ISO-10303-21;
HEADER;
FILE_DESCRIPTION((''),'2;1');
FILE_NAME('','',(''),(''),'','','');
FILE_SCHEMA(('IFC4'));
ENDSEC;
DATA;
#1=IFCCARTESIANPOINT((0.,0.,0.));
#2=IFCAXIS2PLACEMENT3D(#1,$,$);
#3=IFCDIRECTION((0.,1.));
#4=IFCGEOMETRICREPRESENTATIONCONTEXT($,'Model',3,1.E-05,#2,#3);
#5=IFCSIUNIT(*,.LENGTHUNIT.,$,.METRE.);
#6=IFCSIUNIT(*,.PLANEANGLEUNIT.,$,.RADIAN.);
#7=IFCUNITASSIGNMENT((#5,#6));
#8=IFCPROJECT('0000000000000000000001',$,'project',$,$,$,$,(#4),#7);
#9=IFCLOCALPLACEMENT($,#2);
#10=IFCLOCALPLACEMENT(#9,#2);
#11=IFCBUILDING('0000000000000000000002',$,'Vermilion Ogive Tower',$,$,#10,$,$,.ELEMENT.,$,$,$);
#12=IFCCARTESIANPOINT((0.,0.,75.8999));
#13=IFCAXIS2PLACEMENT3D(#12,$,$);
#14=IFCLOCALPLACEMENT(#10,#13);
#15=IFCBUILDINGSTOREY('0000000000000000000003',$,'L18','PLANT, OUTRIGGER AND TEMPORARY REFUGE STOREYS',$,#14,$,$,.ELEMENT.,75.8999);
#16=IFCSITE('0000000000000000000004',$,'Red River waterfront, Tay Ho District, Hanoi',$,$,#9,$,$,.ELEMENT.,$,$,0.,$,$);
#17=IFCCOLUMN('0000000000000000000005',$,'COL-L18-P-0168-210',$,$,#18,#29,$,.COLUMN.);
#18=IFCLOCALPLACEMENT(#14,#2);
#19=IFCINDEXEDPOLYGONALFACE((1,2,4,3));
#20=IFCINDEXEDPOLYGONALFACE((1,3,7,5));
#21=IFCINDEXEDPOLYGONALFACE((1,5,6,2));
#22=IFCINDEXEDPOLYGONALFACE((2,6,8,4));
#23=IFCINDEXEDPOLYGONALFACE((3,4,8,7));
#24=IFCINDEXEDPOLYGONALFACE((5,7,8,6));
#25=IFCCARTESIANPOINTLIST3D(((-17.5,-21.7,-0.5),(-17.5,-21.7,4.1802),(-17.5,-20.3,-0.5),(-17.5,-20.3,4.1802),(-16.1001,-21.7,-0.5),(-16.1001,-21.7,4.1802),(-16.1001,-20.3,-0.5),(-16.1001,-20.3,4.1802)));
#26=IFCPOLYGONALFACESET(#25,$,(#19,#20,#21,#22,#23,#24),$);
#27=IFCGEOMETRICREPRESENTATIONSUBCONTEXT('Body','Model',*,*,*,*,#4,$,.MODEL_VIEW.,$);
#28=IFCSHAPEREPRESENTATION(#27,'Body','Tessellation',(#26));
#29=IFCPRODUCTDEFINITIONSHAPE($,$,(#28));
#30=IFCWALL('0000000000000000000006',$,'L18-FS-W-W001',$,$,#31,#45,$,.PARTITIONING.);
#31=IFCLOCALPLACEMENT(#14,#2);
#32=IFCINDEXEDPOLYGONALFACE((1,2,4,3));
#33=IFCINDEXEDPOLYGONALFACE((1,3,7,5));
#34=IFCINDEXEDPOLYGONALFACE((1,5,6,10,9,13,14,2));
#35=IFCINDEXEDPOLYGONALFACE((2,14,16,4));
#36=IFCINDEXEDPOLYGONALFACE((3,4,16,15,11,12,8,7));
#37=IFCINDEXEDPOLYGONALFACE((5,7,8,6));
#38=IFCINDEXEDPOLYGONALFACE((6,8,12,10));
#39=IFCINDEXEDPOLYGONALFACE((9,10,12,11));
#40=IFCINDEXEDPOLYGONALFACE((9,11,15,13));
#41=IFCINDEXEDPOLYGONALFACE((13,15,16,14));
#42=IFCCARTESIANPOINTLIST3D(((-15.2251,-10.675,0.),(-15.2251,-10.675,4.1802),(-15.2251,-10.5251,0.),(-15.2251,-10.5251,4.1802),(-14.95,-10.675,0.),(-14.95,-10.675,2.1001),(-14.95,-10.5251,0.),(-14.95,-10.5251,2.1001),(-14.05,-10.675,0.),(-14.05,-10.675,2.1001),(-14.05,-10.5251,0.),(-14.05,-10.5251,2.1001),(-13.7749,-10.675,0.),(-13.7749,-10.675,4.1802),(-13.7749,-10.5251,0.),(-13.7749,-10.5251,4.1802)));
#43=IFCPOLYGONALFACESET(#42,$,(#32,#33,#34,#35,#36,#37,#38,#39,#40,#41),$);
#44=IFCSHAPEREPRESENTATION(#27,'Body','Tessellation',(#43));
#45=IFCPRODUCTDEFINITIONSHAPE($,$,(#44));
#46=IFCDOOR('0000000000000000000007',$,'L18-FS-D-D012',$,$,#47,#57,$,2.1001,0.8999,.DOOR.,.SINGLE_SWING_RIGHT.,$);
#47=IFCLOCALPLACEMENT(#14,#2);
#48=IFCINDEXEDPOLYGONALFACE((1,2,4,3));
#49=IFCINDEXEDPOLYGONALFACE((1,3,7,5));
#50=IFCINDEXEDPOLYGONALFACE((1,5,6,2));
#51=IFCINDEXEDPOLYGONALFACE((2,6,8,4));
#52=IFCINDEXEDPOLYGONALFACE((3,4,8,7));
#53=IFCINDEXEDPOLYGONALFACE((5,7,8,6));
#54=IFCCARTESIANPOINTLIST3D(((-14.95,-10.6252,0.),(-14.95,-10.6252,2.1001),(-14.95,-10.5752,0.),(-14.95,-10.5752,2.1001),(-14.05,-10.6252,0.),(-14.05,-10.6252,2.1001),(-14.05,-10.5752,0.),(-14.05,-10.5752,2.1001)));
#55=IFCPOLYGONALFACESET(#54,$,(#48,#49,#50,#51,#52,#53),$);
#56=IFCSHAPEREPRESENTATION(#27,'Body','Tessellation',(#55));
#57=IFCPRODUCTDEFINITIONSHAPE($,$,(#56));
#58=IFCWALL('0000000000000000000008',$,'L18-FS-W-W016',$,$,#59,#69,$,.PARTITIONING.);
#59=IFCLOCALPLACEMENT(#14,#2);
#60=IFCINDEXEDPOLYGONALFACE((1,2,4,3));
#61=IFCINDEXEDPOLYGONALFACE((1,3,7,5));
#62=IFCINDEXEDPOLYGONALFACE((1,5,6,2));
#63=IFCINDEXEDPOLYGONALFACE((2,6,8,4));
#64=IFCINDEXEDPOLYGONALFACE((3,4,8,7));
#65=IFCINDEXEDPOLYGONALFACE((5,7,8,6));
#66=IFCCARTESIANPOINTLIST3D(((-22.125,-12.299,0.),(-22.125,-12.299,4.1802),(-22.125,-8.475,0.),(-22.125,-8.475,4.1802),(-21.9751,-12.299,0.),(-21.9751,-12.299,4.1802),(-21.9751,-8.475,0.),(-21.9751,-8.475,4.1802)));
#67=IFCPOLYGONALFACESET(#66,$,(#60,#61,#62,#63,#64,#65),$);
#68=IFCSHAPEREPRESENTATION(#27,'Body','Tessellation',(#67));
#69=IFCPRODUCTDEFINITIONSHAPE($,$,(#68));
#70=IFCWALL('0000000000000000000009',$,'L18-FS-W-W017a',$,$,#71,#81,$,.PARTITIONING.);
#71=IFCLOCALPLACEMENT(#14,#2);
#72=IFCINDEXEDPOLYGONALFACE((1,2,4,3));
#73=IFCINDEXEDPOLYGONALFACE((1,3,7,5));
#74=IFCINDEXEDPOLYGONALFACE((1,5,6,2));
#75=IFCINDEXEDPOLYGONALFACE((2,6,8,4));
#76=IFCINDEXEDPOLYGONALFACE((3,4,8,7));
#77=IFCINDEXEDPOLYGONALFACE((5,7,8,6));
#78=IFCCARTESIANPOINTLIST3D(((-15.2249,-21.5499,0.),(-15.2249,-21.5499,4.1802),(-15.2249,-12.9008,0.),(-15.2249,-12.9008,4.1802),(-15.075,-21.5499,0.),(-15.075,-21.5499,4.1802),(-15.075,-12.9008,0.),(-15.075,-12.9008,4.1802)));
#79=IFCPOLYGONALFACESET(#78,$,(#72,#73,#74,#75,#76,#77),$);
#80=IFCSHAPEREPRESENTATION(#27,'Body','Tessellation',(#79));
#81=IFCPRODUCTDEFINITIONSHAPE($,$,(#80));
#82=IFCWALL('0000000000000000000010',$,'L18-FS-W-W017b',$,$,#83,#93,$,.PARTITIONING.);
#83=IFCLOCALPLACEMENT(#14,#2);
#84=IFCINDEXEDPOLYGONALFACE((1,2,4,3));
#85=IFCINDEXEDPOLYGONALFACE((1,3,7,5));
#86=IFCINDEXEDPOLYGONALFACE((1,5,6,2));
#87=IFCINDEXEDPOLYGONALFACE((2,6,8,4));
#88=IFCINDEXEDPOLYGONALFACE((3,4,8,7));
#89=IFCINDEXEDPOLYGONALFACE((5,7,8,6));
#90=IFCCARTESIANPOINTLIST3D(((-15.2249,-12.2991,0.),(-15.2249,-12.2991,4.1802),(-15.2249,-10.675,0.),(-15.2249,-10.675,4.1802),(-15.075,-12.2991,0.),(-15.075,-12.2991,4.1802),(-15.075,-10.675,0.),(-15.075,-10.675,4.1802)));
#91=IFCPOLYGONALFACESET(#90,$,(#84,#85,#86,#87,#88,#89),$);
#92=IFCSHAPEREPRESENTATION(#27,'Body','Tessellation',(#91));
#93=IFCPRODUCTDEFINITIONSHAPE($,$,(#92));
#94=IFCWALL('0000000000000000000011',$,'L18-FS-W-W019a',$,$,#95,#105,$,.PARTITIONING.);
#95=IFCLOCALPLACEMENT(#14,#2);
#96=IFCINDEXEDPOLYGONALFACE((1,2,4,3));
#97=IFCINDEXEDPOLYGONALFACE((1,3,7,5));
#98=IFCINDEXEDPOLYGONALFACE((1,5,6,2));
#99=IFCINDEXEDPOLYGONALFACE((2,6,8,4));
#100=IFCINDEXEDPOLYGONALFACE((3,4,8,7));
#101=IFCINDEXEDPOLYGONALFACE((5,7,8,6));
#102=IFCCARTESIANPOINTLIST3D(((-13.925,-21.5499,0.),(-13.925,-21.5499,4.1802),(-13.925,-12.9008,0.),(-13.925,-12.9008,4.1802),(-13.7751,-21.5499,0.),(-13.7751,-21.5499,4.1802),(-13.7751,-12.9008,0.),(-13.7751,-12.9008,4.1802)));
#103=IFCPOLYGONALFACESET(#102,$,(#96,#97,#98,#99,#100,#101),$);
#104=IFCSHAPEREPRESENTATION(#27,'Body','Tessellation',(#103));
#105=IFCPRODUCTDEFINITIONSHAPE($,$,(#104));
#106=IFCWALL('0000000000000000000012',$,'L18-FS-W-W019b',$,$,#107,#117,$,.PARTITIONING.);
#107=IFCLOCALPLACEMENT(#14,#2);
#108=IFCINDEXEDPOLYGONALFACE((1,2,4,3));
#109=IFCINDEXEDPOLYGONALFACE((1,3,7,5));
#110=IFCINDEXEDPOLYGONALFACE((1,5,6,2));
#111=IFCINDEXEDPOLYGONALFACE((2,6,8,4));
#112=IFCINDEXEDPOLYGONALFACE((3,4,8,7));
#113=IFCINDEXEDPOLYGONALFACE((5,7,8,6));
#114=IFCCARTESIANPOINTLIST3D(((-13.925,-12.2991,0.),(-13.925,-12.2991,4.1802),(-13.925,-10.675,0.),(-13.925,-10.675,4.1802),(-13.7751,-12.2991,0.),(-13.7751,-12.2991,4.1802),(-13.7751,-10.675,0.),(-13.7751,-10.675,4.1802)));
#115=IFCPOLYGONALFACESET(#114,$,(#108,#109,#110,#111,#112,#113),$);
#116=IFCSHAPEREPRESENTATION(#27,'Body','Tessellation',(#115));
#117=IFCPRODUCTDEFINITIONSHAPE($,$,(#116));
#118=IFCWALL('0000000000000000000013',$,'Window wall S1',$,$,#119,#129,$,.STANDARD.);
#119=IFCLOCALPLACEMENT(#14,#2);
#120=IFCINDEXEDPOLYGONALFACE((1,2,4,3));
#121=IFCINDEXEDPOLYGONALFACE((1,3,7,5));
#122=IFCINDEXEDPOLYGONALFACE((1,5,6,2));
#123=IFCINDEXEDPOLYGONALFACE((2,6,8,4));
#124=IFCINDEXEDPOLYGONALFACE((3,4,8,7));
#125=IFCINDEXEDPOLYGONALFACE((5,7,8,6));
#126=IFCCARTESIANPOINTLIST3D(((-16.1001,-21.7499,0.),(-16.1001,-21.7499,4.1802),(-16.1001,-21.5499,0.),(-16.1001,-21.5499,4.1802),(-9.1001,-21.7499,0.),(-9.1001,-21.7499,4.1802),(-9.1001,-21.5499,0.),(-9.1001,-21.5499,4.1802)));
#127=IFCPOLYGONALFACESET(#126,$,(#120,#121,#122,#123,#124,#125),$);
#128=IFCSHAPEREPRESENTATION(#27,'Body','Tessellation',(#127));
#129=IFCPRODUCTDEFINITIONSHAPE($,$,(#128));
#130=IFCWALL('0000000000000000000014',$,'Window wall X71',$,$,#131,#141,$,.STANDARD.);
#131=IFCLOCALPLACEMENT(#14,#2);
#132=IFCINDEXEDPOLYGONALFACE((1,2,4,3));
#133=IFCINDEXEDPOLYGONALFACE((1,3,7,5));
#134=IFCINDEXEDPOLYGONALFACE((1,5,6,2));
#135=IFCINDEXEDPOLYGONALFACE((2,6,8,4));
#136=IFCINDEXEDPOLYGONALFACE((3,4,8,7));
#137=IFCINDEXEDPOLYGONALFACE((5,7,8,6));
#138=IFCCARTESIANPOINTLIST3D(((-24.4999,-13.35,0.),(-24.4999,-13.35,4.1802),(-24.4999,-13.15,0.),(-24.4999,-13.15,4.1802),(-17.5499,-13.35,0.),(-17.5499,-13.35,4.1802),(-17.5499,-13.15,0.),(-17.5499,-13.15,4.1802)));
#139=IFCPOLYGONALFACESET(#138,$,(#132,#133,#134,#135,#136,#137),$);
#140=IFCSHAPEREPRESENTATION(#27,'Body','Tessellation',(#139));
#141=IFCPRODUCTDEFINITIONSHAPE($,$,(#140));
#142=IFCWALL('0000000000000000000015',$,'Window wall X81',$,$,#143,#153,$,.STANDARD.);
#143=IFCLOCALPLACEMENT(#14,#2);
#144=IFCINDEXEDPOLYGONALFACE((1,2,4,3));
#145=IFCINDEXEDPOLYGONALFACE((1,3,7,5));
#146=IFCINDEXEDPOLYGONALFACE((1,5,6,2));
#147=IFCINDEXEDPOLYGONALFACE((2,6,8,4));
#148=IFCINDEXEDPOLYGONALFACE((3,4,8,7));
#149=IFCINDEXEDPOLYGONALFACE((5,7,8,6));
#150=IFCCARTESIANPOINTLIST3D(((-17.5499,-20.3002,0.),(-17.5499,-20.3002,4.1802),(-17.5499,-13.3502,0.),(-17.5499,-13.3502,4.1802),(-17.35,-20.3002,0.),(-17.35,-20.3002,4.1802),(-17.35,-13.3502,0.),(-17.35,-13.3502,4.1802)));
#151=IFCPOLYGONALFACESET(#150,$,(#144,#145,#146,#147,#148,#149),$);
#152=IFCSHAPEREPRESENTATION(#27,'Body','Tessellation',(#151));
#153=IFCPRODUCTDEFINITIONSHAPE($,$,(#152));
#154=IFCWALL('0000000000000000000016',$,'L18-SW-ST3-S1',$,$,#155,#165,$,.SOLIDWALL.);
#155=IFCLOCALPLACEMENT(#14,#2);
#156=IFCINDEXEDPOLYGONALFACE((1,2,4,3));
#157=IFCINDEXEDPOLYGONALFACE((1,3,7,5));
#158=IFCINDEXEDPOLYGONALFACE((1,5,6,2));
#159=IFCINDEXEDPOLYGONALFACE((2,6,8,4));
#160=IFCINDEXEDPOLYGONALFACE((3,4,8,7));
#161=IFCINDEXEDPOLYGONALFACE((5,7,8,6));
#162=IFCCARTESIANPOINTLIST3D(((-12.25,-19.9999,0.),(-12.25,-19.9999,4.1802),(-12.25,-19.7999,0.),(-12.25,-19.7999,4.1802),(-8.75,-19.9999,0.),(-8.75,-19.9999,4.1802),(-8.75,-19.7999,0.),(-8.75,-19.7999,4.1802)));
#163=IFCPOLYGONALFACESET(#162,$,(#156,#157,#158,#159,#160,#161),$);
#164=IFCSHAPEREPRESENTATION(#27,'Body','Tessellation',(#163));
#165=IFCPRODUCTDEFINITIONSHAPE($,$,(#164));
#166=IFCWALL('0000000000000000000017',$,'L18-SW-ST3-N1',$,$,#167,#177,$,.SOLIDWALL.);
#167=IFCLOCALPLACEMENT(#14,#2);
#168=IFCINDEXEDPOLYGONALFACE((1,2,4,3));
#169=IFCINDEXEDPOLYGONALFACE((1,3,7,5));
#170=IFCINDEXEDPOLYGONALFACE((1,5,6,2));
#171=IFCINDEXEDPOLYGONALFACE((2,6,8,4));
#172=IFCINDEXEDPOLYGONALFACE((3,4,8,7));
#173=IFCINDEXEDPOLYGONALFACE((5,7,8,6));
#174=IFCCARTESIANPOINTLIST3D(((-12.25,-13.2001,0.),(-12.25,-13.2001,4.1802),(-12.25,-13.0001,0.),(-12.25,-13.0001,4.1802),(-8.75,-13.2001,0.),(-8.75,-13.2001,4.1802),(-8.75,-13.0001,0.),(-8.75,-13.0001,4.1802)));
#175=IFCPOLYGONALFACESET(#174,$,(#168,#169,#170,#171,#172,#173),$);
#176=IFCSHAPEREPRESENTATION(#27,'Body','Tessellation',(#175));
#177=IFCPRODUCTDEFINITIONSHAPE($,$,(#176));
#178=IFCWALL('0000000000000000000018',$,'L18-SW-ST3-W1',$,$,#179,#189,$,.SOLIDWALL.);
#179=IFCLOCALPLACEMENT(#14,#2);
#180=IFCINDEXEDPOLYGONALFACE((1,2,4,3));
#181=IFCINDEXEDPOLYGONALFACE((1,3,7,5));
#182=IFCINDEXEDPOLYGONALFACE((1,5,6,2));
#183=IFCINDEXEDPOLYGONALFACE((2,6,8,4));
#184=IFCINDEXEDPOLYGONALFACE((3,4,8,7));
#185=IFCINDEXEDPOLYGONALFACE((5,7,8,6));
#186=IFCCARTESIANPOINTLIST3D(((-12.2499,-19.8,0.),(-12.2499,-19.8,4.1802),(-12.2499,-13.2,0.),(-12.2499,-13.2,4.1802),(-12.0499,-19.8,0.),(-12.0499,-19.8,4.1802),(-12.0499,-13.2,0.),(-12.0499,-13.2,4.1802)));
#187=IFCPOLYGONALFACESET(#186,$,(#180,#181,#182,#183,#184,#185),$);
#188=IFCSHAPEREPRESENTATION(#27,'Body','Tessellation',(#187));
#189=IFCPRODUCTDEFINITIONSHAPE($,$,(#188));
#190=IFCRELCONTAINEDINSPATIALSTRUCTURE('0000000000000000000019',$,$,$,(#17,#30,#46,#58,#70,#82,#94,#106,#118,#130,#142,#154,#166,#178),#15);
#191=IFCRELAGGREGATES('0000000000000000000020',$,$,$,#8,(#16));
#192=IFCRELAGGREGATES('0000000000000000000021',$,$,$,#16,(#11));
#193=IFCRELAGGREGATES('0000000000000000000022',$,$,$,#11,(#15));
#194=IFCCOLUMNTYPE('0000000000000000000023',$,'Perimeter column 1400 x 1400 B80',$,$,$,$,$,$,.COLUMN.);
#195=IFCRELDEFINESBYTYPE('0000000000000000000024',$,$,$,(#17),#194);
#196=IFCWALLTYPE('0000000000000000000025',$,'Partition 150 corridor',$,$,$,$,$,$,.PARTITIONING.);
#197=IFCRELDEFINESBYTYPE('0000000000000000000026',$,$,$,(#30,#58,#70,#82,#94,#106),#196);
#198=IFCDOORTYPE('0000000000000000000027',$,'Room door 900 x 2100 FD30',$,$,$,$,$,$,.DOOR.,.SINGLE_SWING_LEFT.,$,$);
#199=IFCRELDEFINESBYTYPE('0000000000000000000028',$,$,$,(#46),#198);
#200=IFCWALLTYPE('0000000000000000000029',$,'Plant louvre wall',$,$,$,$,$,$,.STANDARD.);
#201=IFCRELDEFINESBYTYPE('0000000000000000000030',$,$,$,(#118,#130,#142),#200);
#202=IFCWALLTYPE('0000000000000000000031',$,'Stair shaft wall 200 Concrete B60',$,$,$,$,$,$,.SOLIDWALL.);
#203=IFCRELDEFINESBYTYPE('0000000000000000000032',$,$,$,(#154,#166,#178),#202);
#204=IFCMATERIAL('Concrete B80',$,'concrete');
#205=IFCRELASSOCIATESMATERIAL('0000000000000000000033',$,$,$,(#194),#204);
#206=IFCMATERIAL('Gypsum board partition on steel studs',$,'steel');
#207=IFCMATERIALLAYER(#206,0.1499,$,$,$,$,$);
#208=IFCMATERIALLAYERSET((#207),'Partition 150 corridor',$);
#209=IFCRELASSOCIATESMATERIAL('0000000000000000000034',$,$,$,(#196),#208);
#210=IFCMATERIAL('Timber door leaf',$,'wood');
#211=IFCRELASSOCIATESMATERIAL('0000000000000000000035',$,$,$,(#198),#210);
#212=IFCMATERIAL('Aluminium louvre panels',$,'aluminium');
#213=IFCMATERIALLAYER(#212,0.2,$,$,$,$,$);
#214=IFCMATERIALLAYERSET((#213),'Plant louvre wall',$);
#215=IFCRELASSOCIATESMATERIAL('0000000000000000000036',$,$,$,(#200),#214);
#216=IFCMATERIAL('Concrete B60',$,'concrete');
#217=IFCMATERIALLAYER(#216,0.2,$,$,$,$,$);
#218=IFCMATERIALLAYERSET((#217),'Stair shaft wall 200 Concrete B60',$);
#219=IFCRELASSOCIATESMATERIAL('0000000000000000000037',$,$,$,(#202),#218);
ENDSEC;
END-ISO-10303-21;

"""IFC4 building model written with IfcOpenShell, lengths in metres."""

from ifc_helpers import new_model, si_unit, direction, frame, frame_2d, origin, origin_2d, place, context, subcontext, project, spatial, rectangle, extrude, material, layer, layer_set, material_profile, profile_set, type_object, element, fill, save


model = new_model("IFC4")

# Units and contexts
model_context = context("Model", 3, precision=1e-05, world=origin(), true_north=direction((0.0, 1.0)))
body_context = subcontext(model_context, "Body", "Model", "MODEL_VIEW")
ifc_project = project(units=[si_unit("LENGTHUNIT", "METRE"), si_unit("PLANEANGLEUNIT", "RADIAN")], contexts=[model_context])

# Site, building, storey
site_placement = place(None, origin())
site = spatial("IfcSite", under=ifc_project, at=site_placement, Name="Red River waterfront, Tay Ho District, Hanoi", CompositionType="ELEMENT", RefElevation=0.0)
building_placement = place(site_placement, origin())
building = spatial("IfcBuilding", under=site, at=building_placement, Name="Vermilion Ogive Tower", CompositionType="ELEMENT")
storey_placement = place(building_placement, frame((0.0, 0.0, 75.8999)))
storey = spatial("IfcBuildingStorey", under=building, at=storey_placement, Name="L18", Description="PLANT, OUTRIGGER AND TEMPORARY REFUGE STOREYS", CompositionType="ELEMENT", Elevation=75.8999)

# Column
ifc_material_1 = material(Name="Concrete B80", Category="concrete")
ifc_material_profile = material_profile(ifc_material_1, rectangle(XDim=1.3999, YDim=1.3999, at=origin_2d()), Name="1400 x 1400")
ifc_profile_set = profile_set([ifc_material_profile], Name="Concrete B80")
column_type = type_object("IfcColumnType", Name="Perimeter column 1400 x 1400 B80", PredefinedType="COLUMN", material=ifc_profile_set)
column_placement = place(storey_placement, frame((-16.8, -21.0, -0.5), z_axis=(0.0, 0.0, 1.0), x_axis=(1.0, 0.0, 0.0)))
element("IfcColumn", 1, at=column_placement, inside=storey, type_object=column_type, Name="COL-L18-P-0168-210", PredefinedType="COLUMN", context=body_context, shape_type="SweptSolid", body=[
    extrude(rectangle(XDim=1.3999, YDim=1.3999, at=origin_2d()), origin(), (0.0, 0.0, 1.0), 4.6802),
])

# Wall, opening, door
ifc_material_2 = material(Name="Gypsum board partition on steel studs", Category="steel")
ifc_layer_1 = layer(ifc_material_2, 0.1499)
ifc_layer_set_1 = layer_set([ifc_layer_1], Name="Partition 150 corridor")
wall_type_1 = type_object("IfcWallType", Name="Partition 150 corridor", PredefinedType="PARTITIONING", material=ifc_layer_set_1)
wall_1_placement = place(storey_placement, frame((-15.2251, -10.6001, 0.0), z_axis=(0.0, 0.0, 1.0), x_axis=(1.0, 0.0, 0.0)))
wall_1 = element("IfcWall", 2, at=wall_1_placement, inside=storey, type_object=wall_type_1, Name="L18-FS-W-W001", PredefinedType="PARTITIONING", context=body_context, shape_type="SweptSolid", body=[
    extrude(rectangle(XDim=1.4502, YDim=0.1499, at=frame_2d((0.7251, 0.0))), origin(), (0.0, 0.0, 1.0), 4.1802),
])
opening_placement = place(wall_1_placement, frame((0.2751, 0.0, 0.0)))
opening = element("IfcOpeningElement", 3, at=opening_placement, cuts=wall_1, PredefinedType="OPENING", context=body_context, shape_type="SweptSolid", body=[
    extrude(rectangle(XDim=0.8999, YDim=2.1001, at=frame_2d((0.45, 1.05))), frame((0.0, 0.085, 0.0), z_axis=(0.0, -1.0, 0.0), x_axis=(1.0, 0.0, 0.0)), (0.0, 0.0, 1.0), 0.1699),
])
ifc_material_3 = material(Name="Timber door leaf", Category="wood")
door_type = type_object("IfcDoorType", Name="Room door 900 x 2100 FD30", OperationType="SINGLE_SWING_LEFT", PredefinedType="DOOR", material=ifc_material_3)
door_placement = place(opening_placement, origin())
door = element("IfcDoor", 4, at=door_placement, inside=storey, type_object=door_type, Name="L18-FS-D-D012", OperationType="SINGLE_SWING_RIGHT", OverallHeight=2.1001, OverallWidth=0.8999, PredefinedType="DOOR", context=body_context, shape_type="SweptSolid", body=[
    extrude(rectangle(XDim=0.8999, YDim=2.1001, at=frame_2d((0.45, 1.05))), frame((0.0, 0.0249, 0.0), z_axis=(0.0, -1.0, 0.0), x_axis=(1.0, 0.0, 0.0)), (0.0, 0.0, 1.0), 0.05),
])
fill(opening, door)

# Walls
wall_2_placement = place(storey_placement, frame((-22.05, -12.2991, 0.0), z_axis=(0.0, 0.0, 1.0), x_axis=(0.0, 1.0, 0.0)))
element("IfcWall", 5, at=wall_2_placement, inside=storey, type_object=wall_type_1, Name="L18-FS-W-W016", PredefinedType="PARTITIONING", context=body_context, shape_type="SweptSolid", body=[
    extrude(rectangle(XDim=3.824, YDim=0.1499, at=frame_2d((1.9121, 0.0))), origin(), (0.0, 0.0, 1.0), 4.1802),
])
wall_3_placement = place(storey_placement, frame((-15.1499, -21.55, 0.0), z_axis=(0.0, 0.0, 1.0), x_axis=(0.0, 1.0, 0.0)))
element("IfcWall", 6, at=wall_3_placement, inside=storey, type_object=wall_type_1, Name="L18-FS-W-W017a", PredefinedType="PARTITIONING", context=body_context, shape_type="SweptSolid", body=[
    extrude(rectangle(XDim=8.6492, YDim=0.1499, at=frame_2d((4.3247, 0.0))), origin(), (0.0, 0.0, 1.0), 4.1802),
])
wall_4_placement = place(storey_placement, frame((-15.1499, -12.2991, 0.0), z_axis=(0.0, 0.0, 1.0), x_axis=(0.0, 1.0, 0.0)))
element("IfcWall", 7, at=wall_4_placement, inside=storey, type_object=wall_type_1, Name="L18-FS-W-W017b", PredefinedType="PARTITIONING", context=body_context, shape_type="SweptSolid", body=[
    extrude(rectangle(XDim=1.624, YDim=0.1499, at=frame_2d((0.812, 0.0))), origin(), (0.0, 0.0, 1.0), 4.1802),
])
wall_5_placement = place(storey_placement, frame((-13.8501, -21.55, 0.0), z_axis=(0.0, 0.0, 1.0), x_axis=(0.0, 1.0, 0.0)))
element("IfcWall", 8, at=wall_5_placement, inside=storey, type_object=wall_type_1, Name="L18-FS-W-W019a", PredefinedType="PARTITIONING", context=body_context, shape_type="SweptSolid", body=[
    extrude(rectangle(XDim=8.6492, YDim=0.1499, at=frame_2d((4.3247, 0.0))), origin(), (0.0, 0.0, 1.0), 4.1802),
])
wall_6_placement = place(storey_placement, frame((-13.8501, -12.2991, 0.0), z_axis=(0.0, 0.0, 1.0), x_axis=(0.0, 1.0, 0.0)))
element("IfcWall", 9, at=wall_6_placement, inside=storey, type_object=wall_type_1, Name="L18-FS-W-W019b", PredefinedType="PARTITIONING", context=body_context, shape_type="SweptSolid", body=[
    extrude(rectangle(XDim=1.624, YDim=0.1499, at=frame_2d((0.812, 0.0))), origin(), (0.0, 0.0, 1.0), 4.1802),
])
ifc_material_4 = material(Name="Aluminium louvre panels", Category="aluminium")
ifc_layer_2 = layer(ifc_material_4, 0.2)
ifc_layer_set_2 = layer_set([ifc_layer_2], Name="Plant louvre wall")
wall_type_2 = type_object("IfcWallType", Name="Plant louvre wall", PredefinedType="STANDARD", material=ifc_layer_set_2)
wall_7_placement = place(storey_placement, frame((-16.1001, -21.6499, 0.0), z_axis=(0.0, 0.0, 1.0), x_axis=(1.0, 0.0, 0.0)))
element("IfcWall", 10, at=wall_7_placement, inside=storey, type_object=wall_type_2, Name="Window wall S1", PredefinedType="STANDARD", context=body_context, shape_type="SweptSolid", body=[
    extrude(rectangle(XDim=7.0, YDim=0.2, at=frame_2d((3.5, 0.0))), origin(), (0.0, 0.0, 1.0), 4.1802),
])
for number, where, z_axis, x_axis, name in (
    (11, (-24.5, -13.25, 0.0), (0.0, 0.0, 1.0), (1.0, 0.0, 0.0), "Window wall X71"),
    (12, (-17.45, -13.3501, 0.0), (0.0, 0.0, 1.0), (0.0, -1.0, 0.0), "Window wall X81"),
):
    element("IfcWall", number, at=place(storey_placement, frame(where, z_axis=z_axis, x_axis=x_axis)), inside=storey, type_object=wall_type_2, Name=name, PredefinedType="STANDARD", context=body_context, shape_type="SweptSolid", body=[
        extrude(rectangle(XDim=6.95, YDim=0.2, at=frame_2d((3.4751, 0.0))), origin(), (0.0, 0.0, 1.0), 4.1802),
    ])
ifc_material_5 = material(Name="Concrete B60", Category="concrete")
ifc_layer_3 = layer(ifc_material_5, 0.2)
ifc_layer_set_3 = layer_set([ifc_layer_3], Name="Stair shaft wall 200 Concrete B60")
wall_type_3 = type_object("IfcWallType", Name="Stair shaft wall 200 Concrete B60", PredefinedType="SOLIDWALL", material=ifc_layer_set_3)
for number, where, z_axis, x_axis, name in (
    (13, (-12.25, -19.8999, 0.0), (0.0, 0.0, 1.0), (1.0, 0.0, 0.0), "L18-SW-ST3-S1"),
    (14, (-12.25, -13.1001, 0.0), (0.0, 0.0, 1.0), (1.0, 0.0, 0.0), "L18-SW-ST3-N1"),
):
    element("IfcWall", number, at=place(storey_placement, frame(where, z_axis=z_axis, x_axis=x_axis)), inside=storey, type_object=wall_type_3, Name=name, PredefinedType="SOLIDWALL", context=body_context, shape_type="SweptSolid", body=[
        extrude(rectangle(XDim=3.5, YDim=0.2, at=frame_2d((1.75, 0.0))), origin(), (0.0, 0.0, 1.0), 4.1802),
    ])
wall_8_placement = place(storey_placement, frame((-12.1499, -19.8, 0.0), z_axis=(0.0, 0.0, 1.0), x_axis=(0.0, 1.0, 0.0)))
element("IfcWall", 15, at=wall_8_placement, inside=storey, type_object=wall_type_3, Name="L18-SW-ST3-W1", PredefinedType="SOLIDWALL", context=body_context, shape_type="SweptSolid", body=[
    extrude(rectangle(XDim=6.6001, YDim=0.2, at=frame_2d((3.3, 0.0))), origin(), (0.0, 0.0, 1.0), 4.1802),
])

save(model, "model.ifc")
